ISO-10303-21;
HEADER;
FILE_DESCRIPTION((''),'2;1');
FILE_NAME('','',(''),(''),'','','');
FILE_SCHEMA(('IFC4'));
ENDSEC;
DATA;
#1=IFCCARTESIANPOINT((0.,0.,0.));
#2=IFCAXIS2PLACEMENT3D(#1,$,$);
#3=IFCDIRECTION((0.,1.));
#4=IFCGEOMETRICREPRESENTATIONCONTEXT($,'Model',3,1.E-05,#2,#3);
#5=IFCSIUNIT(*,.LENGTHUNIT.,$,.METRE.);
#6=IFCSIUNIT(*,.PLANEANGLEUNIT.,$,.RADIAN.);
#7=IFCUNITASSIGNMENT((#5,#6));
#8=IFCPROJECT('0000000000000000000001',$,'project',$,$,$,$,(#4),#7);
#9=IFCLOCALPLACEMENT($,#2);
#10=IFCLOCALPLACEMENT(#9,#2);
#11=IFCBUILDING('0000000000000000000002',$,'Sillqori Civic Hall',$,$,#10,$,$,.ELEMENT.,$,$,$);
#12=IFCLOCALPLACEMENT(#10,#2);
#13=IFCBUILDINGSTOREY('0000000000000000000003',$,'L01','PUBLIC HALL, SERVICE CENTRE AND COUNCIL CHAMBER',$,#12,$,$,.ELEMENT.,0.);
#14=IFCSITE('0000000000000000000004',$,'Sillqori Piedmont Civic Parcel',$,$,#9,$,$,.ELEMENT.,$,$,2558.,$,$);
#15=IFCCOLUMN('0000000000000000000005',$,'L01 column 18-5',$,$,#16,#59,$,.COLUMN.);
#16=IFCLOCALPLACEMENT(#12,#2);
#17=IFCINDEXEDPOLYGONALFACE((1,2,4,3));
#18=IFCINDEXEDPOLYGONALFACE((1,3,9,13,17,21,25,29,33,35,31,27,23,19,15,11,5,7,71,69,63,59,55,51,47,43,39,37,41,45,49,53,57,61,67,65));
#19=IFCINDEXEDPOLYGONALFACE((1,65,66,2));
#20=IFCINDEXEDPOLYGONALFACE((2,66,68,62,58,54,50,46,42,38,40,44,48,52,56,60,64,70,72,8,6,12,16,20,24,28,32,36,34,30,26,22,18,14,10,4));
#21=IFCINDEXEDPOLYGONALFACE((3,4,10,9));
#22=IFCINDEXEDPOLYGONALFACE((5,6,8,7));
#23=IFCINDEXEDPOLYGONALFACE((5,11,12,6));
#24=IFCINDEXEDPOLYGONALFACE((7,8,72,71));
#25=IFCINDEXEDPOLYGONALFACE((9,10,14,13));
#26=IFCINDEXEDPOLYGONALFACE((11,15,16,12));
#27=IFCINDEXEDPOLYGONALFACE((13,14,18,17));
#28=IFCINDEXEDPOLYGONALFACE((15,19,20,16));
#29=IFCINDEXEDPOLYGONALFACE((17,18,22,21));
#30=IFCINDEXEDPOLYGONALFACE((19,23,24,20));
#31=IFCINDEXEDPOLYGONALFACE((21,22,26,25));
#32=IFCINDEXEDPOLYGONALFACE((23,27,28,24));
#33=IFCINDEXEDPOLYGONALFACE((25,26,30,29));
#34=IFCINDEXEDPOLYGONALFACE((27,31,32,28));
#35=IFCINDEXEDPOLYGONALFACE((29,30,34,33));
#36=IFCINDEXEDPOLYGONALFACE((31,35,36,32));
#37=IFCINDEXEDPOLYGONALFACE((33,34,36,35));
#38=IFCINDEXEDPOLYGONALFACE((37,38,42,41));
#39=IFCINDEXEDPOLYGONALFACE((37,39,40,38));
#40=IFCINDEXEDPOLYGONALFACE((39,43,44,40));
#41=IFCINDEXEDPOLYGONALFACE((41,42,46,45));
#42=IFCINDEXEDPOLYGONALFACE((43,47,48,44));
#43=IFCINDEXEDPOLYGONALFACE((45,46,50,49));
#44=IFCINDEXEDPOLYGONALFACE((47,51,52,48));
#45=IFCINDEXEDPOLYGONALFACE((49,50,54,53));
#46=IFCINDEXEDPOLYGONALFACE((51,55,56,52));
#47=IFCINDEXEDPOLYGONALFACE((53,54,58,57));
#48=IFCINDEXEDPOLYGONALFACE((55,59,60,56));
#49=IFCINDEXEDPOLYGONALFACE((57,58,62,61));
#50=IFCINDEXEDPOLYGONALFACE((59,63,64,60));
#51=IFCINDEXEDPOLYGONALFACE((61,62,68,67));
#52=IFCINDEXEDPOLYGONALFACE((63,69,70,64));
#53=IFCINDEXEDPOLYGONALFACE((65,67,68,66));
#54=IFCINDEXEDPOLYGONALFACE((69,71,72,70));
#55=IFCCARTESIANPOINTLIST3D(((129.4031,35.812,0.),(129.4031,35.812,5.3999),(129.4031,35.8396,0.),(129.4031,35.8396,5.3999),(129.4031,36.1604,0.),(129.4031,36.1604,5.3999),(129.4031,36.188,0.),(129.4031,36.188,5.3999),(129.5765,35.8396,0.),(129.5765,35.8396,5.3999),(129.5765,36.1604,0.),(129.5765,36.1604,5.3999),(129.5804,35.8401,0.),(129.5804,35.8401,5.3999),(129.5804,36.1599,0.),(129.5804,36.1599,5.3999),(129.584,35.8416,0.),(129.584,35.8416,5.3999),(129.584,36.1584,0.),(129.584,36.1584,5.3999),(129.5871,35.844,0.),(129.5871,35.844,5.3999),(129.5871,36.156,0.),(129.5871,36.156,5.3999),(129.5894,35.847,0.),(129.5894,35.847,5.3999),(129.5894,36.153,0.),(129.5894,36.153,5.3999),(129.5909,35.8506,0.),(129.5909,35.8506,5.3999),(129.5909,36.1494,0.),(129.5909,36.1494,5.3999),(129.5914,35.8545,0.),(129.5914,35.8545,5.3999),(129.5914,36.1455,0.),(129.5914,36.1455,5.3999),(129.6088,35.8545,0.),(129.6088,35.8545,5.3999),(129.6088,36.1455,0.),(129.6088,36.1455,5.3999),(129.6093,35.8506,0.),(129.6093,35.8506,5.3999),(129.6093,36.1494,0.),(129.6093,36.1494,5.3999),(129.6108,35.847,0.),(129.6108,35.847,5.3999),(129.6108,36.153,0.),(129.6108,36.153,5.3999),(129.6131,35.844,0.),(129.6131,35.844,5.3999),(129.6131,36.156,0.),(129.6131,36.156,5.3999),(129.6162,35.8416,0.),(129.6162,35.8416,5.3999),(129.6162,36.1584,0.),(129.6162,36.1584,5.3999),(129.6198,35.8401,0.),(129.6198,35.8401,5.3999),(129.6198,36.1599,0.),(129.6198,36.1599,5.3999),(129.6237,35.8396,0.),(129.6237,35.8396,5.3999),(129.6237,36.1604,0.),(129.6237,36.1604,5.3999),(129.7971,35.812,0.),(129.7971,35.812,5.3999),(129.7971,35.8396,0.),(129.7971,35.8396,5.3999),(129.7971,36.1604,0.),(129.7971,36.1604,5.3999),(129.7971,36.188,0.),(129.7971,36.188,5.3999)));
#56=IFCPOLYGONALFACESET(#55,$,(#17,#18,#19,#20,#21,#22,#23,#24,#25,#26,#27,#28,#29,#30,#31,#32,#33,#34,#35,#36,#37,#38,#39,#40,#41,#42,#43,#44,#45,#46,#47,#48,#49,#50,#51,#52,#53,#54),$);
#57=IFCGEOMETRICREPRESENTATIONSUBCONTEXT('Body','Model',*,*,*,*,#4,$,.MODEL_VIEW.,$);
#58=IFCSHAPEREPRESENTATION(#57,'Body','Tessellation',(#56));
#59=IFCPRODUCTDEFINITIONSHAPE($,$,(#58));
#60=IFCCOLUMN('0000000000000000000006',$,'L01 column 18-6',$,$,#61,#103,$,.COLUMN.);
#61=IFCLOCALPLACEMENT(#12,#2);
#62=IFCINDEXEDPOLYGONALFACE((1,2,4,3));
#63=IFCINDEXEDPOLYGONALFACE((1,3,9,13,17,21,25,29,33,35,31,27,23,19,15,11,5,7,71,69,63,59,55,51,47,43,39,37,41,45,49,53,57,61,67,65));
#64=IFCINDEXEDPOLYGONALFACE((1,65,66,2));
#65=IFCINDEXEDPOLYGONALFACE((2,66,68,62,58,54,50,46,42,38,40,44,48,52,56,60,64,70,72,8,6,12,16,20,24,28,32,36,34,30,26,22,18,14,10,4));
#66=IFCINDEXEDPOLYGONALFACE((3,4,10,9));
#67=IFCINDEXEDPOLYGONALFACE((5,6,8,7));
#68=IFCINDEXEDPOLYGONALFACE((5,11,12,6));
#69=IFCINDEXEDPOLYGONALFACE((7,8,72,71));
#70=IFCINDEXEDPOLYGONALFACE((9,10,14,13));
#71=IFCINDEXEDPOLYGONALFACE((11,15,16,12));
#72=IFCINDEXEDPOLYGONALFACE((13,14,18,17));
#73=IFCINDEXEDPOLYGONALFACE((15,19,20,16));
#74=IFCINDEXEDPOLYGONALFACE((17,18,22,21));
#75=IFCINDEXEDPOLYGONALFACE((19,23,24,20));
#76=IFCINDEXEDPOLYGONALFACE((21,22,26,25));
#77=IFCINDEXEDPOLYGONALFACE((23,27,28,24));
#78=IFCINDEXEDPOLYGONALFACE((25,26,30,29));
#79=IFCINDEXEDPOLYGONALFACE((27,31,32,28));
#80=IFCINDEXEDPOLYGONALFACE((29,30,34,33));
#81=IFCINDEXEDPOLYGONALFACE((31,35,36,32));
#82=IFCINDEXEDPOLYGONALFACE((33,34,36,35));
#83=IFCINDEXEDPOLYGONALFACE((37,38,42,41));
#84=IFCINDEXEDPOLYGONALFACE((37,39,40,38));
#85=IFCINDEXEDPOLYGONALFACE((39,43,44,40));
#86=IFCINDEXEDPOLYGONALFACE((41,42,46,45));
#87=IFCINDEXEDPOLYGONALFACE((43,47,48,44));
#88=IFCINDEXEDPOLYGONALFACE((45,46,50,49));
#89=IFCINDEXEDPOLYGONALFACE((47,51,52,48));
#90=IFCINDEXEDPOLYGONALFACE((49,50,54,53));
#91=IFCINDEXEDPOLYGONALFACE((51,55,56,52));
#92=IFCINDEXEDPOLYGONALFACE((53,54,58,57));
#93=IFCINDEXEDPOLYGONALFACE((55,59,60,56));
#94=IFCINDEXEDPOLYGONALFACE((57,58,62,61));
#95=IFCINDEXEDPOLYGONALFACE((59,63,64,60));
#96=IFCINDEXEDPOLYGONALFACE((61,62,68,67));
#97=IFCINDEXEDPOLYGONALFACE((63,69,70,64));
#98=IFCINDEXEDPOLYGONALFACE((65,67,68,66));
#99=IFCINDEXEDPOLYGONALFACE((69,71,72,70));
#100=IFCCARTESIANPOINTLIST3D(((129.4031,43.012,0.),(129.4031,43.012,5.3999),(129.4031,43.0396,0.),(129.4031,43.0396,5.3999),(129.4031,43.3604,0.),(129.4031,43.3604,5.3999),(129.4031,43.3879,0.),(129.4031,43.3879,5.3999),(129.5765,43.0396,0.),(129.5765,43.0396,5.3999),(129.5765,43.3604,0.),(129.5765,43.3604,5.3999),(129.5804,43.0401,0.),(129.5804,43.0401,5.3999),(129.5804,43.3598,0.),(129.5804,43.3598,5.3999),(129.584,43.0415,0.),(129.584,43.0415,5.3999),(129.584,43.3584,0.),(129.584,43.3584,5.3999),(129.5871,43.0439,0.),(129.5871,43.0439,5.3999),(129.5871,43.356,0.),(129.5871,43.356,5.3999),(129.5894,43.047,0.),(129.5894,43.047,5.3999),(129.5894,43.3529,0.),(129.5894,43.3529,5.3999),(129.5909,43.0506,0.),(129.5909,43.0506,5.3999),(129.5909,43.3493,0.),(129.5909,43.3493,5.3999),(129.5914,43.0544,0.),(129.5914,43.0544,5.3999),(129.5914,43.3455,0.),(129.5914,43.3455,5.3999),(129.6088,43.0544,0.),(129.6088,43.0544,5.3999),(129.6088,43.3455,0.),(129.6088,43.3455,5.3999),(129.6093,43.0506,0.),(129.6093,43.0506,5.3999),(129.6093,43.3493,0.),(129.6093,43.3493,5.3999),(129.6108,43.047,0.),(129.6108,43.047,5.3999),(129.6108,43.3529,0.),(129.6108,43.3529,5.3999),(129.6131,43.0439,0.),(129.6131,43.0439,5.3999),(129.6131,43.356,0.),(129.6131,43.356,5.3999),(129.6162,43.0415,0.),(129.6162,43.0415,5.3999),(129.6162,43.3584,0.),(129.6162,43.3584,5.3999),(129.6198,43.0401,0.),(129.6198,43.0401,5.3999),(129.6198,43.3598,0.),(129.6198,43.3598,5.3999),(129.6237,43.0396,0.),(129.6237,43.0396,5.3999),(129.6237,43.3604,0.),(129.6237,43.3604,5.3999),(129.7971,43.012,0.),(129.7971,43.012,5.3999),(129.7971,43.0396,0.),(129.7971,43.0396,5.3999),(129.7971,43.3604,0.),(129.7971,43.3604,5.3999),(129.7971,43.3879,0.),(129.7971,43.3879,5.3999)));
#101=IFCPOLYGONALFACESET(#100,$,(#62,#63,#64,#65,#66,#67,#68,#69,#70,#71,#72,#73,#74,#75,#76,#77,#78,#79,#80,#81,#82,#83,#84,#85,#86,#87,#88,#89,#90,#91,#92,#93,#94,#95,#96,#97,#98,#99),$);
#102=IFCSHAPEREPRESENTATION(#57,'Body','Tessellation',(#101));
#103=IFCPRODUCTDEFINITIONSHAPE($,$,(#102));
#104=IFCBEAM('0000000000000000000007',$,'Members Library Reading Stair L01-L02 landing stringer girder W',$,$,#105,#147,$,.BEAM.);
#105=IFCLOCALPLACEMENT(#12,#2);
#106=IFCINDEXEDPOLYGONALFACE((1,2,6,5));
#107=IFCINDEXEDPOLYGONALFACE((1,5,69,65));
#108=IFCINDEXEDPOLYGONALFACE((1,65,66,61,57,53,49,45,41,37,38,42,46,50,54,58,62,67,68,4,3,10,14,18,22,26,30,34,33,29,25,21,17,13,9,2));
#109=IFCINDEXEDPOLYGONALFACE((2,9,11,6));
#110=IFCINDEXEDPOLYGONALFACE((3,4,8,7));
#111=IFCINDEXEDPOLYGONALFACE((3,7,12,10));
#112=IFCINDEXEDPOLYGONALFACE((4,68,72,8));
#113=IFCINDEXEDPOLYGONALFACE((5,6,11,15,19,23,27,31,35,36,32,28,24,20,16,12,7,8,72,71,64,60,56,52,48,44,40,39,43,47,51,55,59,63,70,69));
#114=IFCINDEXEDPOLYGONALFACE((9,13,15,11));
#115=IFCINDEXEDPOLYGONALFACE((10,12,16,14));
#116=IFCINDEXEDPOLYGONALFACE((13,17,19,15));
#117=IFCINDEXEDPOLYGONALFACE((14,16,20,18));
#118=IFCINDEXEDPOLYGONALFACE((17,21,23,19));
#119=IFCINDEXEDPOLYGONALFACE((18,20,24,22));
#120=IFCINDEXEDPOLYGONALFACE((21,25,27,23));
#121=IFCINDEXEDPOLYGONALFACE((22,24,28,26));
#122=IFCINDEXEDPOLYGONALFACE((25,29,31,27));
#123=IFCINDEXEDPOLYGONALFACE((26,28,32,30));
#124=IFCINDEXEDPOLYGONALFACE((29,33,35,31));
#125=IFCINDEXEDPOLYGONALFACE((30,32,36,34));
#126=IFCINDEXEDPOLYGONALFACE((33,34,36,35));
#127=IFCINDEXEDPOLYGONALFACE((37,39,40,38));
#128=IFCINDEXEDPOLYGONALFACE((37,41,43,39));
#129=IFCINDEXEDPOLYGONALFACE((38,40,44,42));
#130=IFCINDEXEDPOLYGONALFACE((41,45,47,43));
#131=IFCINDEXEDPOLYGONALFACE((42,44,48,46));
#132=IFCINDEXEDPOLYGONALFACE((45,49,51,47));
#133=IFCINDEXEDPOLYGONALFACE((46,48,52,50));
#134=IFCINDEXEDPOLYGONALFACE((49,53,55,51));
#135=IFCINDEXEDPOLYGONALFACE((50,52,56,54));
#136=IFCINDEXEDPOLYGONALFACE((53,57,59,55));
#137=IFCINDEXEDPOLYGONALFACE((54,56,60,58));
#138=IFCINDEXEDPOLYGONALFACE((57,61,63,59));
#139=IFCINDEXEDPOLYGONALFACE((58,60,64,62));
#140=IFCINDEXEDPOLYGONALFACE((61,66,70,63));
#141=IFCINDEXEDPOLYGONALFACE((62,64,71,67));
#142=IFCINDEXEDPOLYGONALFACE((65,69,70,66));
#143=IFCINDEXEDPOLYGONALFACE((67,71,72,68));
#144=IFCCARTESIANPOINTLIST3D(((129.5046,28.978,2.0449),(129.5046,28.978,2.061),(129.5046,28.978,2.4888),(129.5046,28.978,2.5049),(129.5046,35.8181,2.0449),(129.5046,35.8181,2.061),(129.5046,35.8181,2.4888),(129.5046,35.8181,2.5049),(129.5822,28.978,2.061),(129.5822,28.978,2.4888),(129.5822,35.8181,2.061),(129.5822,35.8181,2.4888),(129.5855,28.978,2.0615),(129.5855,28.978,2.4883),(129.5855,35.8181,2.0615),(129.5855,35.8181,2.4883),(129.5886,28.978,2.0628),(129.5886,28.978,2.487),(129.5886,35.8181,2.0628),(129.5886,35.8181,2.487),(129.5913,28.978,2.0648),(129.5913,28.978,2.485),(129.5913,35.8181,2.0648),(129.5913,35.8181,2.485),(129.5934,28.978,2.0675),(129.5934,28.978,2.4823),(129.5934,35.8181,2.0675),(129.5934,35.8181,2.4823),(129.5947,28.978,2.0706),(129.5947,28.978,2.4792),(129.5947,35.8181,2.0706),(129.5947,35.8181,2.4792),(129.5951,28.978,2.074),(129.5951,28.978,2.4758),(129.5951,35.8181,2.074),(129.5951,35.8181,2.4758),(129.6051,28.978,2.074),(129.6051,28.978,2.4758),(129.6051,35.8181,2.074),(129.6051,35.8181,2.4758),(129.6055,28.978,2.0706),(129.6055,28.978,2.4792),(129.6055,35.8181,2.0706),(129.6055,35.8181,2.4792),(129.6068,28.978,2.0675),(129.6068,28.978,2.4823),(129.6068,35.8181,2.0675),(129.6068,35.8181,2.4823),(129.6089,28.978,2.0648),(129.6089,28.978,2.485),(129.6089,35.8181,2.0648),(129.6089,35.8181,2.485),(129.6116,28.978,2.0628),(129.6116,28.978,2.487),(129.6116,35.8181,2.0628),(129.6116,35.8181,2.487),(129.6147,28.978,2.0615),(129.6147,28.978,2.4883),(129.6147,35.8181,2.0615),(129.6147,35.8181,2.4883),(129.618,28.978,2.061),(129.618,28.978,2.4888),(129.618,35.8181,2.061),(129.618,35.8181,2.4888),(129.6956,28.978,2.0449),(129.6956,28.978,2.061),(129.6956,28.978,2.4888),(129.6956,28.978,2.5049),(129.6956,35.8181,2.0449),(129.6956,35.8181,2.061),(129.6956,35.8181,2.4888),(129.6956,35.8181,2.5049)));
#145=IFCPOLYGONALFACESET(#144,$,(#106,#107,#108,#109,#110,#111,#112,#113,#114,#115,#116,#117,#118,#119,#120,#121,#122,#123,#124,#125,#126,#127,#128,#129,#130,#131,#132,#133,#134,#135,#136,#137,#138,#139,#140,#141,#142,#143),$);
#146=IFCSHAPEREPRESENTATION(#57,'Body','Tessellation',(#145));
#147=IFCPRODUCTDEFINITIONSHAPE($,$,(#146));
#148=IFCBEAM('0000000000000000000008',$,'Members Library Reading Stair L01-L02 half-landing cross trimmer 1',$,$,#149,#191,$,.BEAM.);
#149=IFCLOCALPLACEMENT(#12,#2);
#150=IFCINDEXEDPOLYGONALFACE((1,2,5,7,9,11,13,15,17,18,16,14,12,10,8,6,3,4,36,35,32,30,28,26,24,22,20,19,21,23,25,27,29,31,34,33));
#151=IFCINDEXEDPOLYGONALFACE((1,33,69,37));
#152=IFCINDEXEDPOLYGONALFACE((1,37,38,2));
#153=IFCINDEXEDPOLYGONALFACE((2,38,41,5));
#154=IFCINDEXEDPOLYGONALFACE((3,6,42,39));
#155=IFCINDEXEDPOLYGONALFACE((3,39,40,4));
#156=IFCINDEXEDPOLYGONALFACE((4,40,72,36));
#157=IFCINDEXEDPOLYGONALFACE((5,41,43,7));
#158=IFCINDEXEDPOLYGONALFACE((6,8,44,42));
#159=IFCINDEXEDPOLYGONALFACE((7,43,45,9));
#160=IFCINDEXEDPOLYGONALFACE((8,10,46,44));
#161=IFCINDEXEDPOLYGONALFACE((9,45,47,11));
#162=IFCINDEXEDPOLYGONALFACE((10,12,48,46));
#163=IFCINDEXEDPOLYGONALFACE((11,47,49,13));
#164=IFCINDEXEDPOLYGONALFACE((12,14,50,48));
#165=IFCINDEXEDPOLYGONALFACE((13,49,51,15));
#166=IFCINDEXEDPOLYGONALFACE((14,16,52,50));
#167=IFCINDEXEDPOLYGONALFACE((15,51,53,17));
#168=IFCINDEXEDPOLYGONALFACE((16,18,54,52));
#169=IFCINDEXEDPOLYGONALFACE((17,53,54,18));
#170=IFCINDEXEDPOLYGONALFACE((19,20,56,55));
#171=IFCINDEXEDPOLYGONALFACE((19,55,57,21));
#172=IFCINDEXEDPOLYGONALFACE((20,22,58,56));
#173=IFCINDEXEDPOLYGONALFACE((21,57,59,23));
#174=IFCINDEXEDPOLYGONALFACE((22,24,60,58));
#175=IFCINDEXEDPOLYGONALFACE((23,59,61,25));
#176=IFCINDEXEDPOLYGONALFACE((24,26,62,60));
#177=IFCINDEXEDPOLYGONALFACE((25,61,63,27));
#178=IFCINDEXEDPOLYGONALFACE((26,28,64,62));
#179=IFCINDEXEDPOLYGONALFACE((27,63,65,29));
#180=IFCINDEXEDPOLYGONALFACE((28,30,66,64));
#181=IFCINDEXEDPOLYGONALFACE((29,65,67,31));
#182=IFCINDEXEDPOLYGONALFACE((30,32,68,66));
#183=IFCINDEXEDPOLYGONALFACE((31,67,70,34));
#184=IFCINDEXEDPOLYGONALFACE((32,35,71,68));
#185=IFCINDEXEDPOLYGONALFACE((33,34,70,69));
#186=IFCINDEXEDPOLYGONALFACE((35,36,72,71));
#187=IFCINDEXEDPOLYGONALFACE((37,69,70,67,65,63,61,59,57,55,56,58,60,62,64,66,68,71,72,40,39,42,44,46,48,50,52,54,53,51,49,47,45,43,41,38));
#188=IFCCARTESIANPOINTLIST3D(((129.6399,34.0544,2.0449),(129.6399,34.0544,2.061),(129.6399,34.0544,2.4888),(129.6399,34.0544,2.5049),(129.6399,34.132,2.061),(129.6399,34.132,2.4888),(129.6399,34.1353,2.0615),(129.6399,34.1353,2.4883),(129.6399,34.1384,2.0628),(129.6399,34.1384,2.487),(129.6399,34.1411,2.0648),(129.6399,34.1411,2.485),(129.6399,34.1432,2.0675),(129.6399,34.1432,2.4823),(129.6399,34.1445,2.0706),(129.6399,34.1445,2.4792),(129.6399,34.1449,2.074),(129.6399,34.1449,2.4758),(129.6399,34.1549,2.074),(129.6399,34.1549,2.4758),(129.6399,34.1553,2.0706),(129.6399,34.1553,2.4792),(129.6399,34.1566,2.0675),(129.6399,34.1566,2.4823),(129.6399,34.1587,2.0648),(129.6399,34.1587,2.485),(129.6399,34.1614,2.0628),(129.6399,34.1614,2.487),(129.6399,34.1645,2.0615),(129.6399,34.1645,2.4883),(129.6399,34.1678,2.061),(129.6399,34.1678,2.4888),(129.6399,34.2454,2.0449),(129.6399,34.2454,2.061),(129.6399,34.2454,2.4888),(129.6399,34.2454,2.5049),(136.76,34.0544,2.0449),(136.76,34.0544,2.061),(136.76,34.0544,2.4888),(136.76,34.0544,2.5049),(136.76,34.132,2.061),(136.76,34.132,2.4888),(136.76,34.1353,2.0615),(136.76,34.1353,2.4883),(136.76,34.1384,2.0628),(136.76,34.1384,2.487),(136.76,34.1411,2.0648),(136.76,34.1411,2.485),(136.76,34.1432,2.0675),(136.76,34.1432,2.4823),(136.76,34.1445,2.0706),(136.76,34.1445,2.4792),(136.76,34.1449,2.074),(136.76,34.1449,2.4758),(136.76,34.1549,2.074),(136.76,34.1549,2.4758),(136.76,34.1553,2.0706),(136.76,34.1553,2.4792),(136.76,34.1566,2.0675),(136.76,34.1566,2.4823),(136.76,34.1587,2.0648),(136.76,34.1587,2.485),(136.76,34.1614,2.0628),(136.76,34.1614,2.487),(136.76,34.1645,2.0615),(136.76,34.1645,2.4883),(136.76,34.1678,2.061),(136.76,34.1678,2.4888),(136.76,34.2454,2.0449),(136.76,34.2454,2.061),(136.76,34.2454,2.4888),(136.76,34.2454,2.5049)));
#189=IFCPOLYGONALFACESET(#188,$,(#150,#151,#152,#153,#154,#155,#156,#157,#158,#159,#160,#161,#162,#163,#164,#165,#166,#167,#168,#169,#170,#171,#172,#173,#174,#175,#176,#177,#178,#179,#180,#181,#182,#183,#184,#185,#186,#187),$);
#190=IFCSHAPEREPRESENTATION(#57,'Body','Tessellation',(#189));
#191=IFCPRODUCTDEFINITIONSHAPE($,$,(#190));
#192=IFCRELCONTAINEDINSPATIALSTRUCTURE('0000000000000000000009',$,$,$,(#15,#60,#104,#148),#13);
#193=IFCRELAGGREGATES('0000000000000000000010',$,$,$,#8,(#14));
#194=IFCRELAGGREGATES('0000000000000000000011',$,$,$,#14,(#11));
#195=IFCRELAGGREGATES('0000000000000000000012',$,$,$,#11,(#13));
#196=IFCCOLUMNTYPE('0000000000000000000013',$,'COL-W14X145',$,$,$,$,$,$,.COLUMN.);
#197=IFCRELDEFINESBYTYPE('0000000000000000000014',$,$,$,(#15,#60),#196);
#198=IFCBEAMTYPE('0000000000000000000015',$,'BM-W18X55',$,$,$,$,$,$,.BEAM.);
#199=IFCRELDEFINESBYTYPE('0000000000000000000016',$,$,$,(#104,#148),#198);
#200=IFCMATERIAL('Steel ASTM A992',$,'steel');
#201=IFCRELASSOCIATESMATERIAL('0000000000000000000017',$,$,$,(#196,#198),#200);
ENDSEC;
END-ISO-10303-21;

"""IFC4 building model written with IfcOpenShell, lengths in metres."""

from ifc_helpers import new_model, si_unit, direction, frame, origin, origin_2d, place, context, subcontext, project, spatial, i_section, extrude, material, material_profile, profile_set, type_object, element, save


model = new_model("IFC4")

# Units and contexts
model_context = context("Model", 3, precision=1e-05, world=origin(), true_north=direction((0.0, 1.0)))
body_context = subcontext(model_context, "Body", "Model", "MODEL_VIEW")
ifc_project = project(units=[si_unit("LENGTHUNIT", "METRE"), si_unit("PLANEANGLEUNIT", "RADIAN")], contexts=[model_context])

# Site, building, storey
site_placement = place(None, origin())
site = spatial("IfcSite", under=ifc_project, at=site_placement, Name="Sillqori Piedmont Civic Parcel", CompositionType="ELEMENT", RefElevation=2558.0)
building_placement = place(site_placement, origin())
building = spatial("IfcBuilding", under=site, at=building_placement, Name="Sillqori Civic Hall", CompositionType="ELEMENT")
storey_placement = place(building_placement, origin())
storey = spatial("IfcBuildingStorey", under=building, at=storey_placement, Name="L01", Description="PUBLIC HALL, SERVICE CENTRE AND COUNCIL CHAMBER", CompositionType="ELEMENT", Elevation=0.0)

# Columns
ifc_material_1 = material(Name="Steel ASTM A992", Category="steel")
ifc_material_profile_1 = material_profile(ifc_material_1, i_section(OverallWidth=0.394, OverallDepth=0.376, WebThickness=0.0173, FlangeThickness=0.0276, FilletRadius=0.0149, at=origin_2d()), Name="W14X145")
ifc_profile_set_1 = profile_set([ifc_material_profile_1], Name="Steel ASTM A992")
column_type_1 = type_object("IfcColumnType", Name="COL-W14X145", PredefinedType="COLUMN", material=ifc_profile_set_1)
for number, where, z_axis, x_axis, name in (
    (1, (129.6001, 36.0, 0.0), (0.0, 0.0, 1.0), (1.0, 0.0, 0.0), "L01 column 18-5"),
    (2, (129.6001, 43.2, 0.0), (0.0, 0.0, 1.0), (1.0, 0.0, 0.0), "L01 column 18-6"),
):
    element("IfcColumn", number, at=place(storey_placement, frame(where, z_axis=z_axis, x_axis=x_axis)), inside=storey, type_object=column_type_1, Name=name, PredefinedType="COLUMN", context=body_context, shape_type="SweptSolid", body=[
        extrude(i_section(OverallWidth=0.394, OverallDepth=0.376, WebThickness=0.0173, FlangeThickness=0.0276, FilletRadius=0.0149, at=origin_2d()), origin(), (0.0, 0.0, 1.0), 5.3999),
    ])

# Beams
ifc_material_profile_2 = material_profile(ifc_material_1, i_section(OverallWidth=0.1909, OverallDepth=0.46, WebThickness=0.01, FlangeThickness=0.0161, FilletRadius=0.0129, at=origin_2d()), Name="W18X55")
ifc_profile_set_2 = profile_set([ifc_material_profile_2], Name="Steel ASTM A992")
beam_type_1 = type_object("IfcBeamType", Name="BM-W18X55", PredefinedType="BEAM", material=ifc_profile_set_2)
beam_1_placement = place(storey_placement, frame((129.6001, 28.978, 2.2749), z_axis=(0.0, 1.0, 0.0), x_axis=(-1.0, 0.0, 0.0)))
element("IfcBeam", 3, at=beam_1_placement, inside=storey, type_object=beam_type_1, Name="Members Library Reading Stair L01-L02 landing stringer girder W", PredefinedType="BEAM", context=body_context, shape_type="SweptSolid", body=[
    extrude(i_section(OverallWidth=0.1909, OverallDepth=0.46, WebThickness=0.01, FlangeThickness=0.0161, FilletRadius=0.0129, at=origin_2d()), origin(), (0.0, 0.0, 1.0), 6.8401),
])
for number, where, z_axis, x_axis, name in (
    (4, (129.6399, 34.1499, 2.2749), (1.0, 0.0, 0.0), (0.0, 1.0, 0.0), "Members Library Reading Stair L01-L02 half-landing cross trimmer 1"),
):
    element("IfcBeam", number, at=place(storey_placement, frame(where, z_axis=z_axis, x_axis=x_axis)), inside=storey, type_object=beam_type_1, Name=name, PredefinedType="BEAM", context=body_context, shape_type="SweptSolid", body=[
        extrude(i_section(OverallWidth=0.1909, OverallDepth=0.46, WebThickness=0.01, FlangeThickness=0.0161, FilletRadius=0.0129, at=origin_2d()), origin(), (0.0, 0.0, 1.0), 7.1201),
    ])

save(model, "model.ifc")
